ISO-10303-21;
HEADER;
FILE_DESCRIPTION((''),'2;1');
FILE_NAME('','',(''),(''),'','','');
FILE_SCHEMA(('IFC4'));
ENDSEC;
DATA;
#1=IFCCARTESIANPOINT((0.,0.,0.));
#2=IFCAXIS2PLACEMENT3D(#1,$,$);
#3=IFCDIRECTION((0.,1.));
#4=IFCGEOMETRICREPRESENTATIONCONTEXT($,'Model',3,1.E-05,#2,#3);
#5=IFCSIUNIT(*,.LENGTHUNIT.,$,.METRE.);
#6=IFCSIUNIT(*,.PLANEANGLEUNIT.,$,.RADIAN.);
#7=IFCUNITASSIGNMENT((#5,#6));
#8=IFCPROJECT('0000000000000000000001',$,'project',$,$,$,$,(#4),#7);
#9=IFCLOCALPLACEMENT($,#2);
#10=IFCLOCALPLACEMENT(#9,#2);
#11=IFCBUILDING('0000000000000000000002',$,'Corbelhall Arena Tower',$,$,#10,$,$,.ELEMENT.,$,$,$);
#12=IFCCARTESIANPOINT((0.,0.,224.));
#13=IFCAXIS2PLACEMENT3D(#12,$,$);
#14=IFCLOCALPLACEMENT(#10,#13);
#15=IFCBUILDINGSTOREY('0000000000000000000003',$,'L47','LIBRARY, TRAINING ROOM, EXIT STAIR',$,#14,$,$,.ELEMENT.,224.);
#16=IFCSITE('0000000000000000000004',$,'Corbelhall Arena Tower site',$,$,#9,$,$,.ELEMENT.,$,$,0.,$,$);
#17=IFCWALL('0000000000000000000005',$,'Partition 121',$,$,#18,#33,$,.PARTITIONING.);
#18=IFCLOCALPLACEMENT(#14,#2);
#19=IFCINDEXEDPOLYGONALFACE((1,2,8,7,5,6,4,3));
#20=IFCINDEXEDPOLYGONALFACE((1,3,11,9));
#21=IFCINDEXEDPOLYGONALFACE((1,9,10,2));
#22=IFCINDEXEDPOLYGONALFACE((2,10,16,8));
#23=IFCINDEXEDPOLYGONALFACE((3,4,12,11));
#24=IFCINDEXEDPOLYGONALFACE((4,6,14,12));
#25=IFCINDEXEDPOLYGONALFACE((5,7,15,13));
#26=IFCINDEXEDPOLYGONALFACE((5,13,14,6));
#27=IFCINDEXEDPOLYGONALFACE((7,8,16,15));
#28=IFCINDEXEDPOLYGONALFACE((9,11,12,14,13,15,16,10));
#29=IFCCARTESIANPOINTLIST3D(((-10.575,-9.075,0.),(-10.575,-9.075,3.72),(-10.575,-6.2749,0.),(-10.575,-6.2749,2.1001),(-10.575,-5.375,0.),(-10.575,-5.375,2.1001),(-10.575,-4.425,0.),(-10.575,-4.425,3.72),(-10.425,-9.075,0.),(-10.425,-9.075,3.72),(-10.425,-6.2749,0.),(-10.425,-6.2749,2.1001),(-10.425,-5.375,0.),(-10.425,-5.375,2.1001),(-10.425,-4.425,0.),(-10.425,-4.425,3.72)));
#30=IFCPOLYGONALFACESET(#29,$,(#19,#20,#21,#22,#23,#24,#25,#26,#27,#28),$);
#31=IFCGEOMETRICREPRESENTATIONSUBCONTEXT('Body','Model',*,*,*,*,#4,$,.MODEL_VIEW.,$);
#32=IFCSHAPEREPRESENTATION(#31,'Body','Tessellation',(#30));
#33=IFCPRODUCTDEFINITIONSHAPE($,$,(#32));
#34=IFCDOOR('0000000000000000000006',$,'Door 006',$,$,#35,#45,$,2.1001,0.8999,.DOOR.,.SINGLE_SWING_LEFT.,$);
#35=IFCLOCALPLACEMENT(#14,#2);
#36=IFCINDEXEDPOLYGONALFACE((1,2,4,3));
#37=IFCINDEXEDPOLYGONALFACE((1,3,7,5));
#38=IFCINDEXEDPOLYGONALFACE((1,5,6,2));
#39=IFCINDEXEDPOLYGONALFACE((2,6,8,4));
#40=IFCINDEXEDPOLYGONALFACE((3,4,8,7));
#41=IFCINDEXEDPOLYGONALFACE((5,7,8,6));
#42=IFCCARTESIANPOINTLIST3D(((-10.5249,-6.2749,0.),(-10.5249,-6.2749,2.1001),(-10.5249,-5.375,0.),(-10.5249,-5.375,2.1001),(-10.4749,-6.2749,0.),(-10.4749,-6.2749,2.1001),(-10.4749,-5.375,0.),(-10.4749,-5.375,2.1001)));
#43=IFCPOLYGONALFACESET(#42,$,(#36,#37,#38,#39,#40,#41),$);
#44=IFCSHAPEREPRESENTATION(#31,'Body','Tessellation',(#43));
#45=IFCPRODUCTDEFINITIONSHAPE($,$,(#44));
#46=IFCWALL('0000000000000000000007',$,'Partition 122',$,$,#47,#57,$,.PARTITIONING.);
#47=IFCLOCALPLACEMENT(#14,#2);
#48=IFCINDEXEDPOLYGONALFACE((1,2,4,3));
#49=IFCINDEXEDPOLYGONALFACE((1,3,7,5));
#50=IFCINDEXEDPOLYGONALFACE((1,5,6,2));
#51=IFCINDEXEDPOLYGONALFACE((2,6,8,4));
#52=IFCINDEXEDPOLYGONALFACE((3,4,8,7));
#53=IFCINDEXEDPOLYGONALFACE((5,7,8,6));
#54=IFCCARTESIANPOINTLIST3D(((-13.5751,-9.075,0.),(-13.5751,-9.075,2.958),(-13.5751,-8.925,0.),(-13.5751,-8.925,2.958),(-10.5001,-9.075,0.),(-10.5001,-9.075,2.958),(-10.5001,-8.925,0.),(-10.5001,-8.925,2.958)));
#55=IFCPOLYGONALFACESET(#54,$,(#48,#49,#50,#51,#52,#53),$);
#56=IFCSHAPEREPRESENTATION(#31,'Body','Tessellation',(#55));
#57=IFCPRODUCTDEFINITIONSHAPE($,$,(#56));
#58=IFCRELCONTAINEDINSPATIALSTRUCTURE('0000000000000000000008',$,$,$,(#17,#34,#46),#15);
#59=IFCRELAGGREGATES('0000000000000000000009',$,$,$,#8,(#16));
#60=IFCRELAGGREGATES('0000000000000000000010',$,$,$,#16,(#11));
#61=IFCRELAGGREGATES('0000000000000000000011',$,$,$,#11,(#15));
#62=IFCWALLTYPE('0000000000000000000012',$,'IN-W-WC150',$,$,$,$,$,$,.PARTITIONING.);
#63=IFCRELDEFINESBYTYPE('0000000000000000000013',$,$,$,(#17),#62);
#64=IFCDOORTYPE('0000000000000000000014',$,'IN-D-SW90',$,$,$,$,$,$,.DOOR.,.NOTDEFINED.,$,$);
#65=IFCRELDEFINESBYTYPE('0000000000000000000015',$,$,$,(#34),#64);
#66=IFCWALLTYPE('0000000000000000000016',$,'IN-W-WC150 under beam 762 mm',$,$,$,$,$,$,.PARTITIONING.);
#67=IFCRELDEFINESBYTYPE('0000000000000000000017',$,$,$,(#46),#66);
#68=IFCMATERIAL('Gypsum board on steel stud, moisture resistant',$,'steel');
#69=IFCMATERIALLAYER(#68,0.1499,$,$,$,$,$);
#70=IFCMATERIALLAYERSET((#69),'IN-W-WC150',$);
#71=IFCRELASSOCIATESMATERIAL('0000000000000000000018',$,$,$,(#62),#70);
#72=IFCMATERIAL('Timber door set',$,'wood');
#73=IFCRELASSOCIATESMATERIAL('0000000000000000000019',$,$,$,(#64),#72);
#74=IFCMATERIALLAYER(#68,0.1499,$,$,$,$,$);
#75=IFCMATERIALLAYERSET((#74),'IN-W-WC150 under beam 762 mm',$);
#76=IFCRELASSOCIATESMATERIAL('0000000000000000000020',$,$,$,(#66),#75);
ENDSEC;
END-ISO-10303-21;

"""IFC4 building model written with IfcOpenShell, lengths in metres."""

from ifc_helpers import new_model, si_unit, direction, frame, frame_2d, origin, place, context, subcontext, project, spatial, rectangle, extrude, material, layer, layer_set, type_object, element, fill, save


model = new_model("IFC4")

# Units and contexts
model_context = context("Model", 3, precision=1e-05, world=origin(), true_north=direction((0.0, 1.0)))
body_context = subcontext(model_context, "Body", "Model", "MODEL_VIEW")
ifc_project = project(units=[si_unit("LENGTHUNIT", "METRE"), si_unit("PLANEANGLEUNIT", "RADIAN")], contexts=[model_context])

# Site, building, storey
site_placement = place(None, origin())
site = spatial("IfcSite", under=ifc_project, at=site_placement, Name="Corbelhall Arena Tower site", CompositionType="ELEMENT", RefElevation=0.0)
building_placement = place(site_placement, origin())
building = spatial("IfcBuilding", under=site, at=building_placement, Name="Corbelhall Arena Tower", CompositionType="ELEMENT")
storey_placement = place(building_placement, frame((0.0, 0.0, 224.0)))
storey = spatial("IfcBuildingStorey", under=building, at=storey_placement, Name="L47", Description="LIBRARY, TRAINING ROOM, EXIT STAIR", CompositionType="ELEMENT", Elevation=224.0)

# Shared definitions
ifc_material_1 = material(Name="Gypsum board on steel stud, moisture resistant", Category="steel")
ifc_layer_1 = layer(ifc_material_1, 0.1499)
ifc_layer_set_1 = layer_set([ifc_layer_1], Name="IN-W-WC150")
wall_type_1 = type_object("IfcWallType", Name="IN-W-WC150", PredefinedType="PARTITIONING", material=ifc_layer_set_1)

# Wall, opening, door
wall_1_placement = place(storey_placement, frame((-10.5, -9.075, 0.0), z_axis=(0.0, 0.0, 1.0), x_axis=(0.0, 1.0, 0.0)))
wall_1 = element("IfcWall", 1, at=wall_1_placement, inside=storey, type_object=wall_type_1, Name="Partition 121", PredefinedType="PARTITIONING", context=body_context, shape_type="SweptSolid", body=[
    extrude(rectangle(XDim=4.6499, YDim=0.1499, at=frame_2d((2.325, 0.0))), origin(), (0.0, 0.0, 1.0), 3.72),
])
opening_1_placement = place(wall_1_placement, frame((2.8, 0.0, 0.0)))
opening_1 = element("IfcOpeningElement", 2, at=opening_1_placement, cuts=wall_1, PredefinedType="OPENING", context=body_context, shape_type="SweptSolid", body=[
    extrude(rectangle(XDim=0.8999, YDim=2.1001, at=frame_2d((0.45, 1.05))), frame((0.0, 0.075, 0.0), z_axis=(0.0, -1.0, 0.0), x_axis=(1.0, 0.0, 0.0)), (0.0, 0.0, 1.0), 0.1499),
])
ifc_material_2 = material(Name="Timber door set", Category="wood")
door_type_1 = type_object("IfcDoorType", Name="IN-D-SW90", OperationType="NOTDEFINED", PredefinedType="DOOR", material=ifc_material_2)
door_1_placement = place(opening_1_placement, origin())
door_1 = element("IfcDoor", 3, at=door_1_placement, inside=storey, type_object=door_type_1, Name="Door 006", OperationType="SINGLE_SWING_LEFT", OverallHeight=2.1001, OverallWidth=0.8999, PredefinedType="DOOR", context=body_context, shape_type="SweptSolid", body=[
    extrude(rectangle(XDim=0.8999, YDim=2.1001, at=frame_2d((0.45, 1.05))), frame((0.0, 0.0249, 0.0), z_axis=(0.0, -1.0, 0.0), x_axis=(1.0, 0.0, 0.0)), (0.0, 0.0, 1.0), 0.05),
])
fill(opening_1, door_1)

# Wall
ifc_layer_2 = layer(ifc_material_1, 0.1499)
ifc_layer_set_2 = layer_set([ifc_layer_2], Name="IN-W-WC150 under beam 762 mm")
wall_type_2 = type_object("IfcWallType", Name="IN-W-WC150 under beam 762 mm", PredefinedType="PARTITIONING", material=ifc_layer_set_2)
wall_2_placement = place(storey_placement, frame((-10.5, -9.0, 0.0), z_axis=(0.0, 0.0, 1.0), x_axis=(-1.0, 0.0, 0.0)))
element("IfcWall", 4, at=wall_2_placement, inside=storey, type_object=wall_type_2, Name="Partition 122", PredefinedType="PARTITIONING", context=body_context, shape_type="SweptSolid", body=[
    extrude(rectangle(XDim=3.075, YDim=0.1499, at=frame_2d((1.5376, 0.0))), origin(), (0.0, 0.0, 1.0), 2.958),
])

save(model, "model.ifc")
